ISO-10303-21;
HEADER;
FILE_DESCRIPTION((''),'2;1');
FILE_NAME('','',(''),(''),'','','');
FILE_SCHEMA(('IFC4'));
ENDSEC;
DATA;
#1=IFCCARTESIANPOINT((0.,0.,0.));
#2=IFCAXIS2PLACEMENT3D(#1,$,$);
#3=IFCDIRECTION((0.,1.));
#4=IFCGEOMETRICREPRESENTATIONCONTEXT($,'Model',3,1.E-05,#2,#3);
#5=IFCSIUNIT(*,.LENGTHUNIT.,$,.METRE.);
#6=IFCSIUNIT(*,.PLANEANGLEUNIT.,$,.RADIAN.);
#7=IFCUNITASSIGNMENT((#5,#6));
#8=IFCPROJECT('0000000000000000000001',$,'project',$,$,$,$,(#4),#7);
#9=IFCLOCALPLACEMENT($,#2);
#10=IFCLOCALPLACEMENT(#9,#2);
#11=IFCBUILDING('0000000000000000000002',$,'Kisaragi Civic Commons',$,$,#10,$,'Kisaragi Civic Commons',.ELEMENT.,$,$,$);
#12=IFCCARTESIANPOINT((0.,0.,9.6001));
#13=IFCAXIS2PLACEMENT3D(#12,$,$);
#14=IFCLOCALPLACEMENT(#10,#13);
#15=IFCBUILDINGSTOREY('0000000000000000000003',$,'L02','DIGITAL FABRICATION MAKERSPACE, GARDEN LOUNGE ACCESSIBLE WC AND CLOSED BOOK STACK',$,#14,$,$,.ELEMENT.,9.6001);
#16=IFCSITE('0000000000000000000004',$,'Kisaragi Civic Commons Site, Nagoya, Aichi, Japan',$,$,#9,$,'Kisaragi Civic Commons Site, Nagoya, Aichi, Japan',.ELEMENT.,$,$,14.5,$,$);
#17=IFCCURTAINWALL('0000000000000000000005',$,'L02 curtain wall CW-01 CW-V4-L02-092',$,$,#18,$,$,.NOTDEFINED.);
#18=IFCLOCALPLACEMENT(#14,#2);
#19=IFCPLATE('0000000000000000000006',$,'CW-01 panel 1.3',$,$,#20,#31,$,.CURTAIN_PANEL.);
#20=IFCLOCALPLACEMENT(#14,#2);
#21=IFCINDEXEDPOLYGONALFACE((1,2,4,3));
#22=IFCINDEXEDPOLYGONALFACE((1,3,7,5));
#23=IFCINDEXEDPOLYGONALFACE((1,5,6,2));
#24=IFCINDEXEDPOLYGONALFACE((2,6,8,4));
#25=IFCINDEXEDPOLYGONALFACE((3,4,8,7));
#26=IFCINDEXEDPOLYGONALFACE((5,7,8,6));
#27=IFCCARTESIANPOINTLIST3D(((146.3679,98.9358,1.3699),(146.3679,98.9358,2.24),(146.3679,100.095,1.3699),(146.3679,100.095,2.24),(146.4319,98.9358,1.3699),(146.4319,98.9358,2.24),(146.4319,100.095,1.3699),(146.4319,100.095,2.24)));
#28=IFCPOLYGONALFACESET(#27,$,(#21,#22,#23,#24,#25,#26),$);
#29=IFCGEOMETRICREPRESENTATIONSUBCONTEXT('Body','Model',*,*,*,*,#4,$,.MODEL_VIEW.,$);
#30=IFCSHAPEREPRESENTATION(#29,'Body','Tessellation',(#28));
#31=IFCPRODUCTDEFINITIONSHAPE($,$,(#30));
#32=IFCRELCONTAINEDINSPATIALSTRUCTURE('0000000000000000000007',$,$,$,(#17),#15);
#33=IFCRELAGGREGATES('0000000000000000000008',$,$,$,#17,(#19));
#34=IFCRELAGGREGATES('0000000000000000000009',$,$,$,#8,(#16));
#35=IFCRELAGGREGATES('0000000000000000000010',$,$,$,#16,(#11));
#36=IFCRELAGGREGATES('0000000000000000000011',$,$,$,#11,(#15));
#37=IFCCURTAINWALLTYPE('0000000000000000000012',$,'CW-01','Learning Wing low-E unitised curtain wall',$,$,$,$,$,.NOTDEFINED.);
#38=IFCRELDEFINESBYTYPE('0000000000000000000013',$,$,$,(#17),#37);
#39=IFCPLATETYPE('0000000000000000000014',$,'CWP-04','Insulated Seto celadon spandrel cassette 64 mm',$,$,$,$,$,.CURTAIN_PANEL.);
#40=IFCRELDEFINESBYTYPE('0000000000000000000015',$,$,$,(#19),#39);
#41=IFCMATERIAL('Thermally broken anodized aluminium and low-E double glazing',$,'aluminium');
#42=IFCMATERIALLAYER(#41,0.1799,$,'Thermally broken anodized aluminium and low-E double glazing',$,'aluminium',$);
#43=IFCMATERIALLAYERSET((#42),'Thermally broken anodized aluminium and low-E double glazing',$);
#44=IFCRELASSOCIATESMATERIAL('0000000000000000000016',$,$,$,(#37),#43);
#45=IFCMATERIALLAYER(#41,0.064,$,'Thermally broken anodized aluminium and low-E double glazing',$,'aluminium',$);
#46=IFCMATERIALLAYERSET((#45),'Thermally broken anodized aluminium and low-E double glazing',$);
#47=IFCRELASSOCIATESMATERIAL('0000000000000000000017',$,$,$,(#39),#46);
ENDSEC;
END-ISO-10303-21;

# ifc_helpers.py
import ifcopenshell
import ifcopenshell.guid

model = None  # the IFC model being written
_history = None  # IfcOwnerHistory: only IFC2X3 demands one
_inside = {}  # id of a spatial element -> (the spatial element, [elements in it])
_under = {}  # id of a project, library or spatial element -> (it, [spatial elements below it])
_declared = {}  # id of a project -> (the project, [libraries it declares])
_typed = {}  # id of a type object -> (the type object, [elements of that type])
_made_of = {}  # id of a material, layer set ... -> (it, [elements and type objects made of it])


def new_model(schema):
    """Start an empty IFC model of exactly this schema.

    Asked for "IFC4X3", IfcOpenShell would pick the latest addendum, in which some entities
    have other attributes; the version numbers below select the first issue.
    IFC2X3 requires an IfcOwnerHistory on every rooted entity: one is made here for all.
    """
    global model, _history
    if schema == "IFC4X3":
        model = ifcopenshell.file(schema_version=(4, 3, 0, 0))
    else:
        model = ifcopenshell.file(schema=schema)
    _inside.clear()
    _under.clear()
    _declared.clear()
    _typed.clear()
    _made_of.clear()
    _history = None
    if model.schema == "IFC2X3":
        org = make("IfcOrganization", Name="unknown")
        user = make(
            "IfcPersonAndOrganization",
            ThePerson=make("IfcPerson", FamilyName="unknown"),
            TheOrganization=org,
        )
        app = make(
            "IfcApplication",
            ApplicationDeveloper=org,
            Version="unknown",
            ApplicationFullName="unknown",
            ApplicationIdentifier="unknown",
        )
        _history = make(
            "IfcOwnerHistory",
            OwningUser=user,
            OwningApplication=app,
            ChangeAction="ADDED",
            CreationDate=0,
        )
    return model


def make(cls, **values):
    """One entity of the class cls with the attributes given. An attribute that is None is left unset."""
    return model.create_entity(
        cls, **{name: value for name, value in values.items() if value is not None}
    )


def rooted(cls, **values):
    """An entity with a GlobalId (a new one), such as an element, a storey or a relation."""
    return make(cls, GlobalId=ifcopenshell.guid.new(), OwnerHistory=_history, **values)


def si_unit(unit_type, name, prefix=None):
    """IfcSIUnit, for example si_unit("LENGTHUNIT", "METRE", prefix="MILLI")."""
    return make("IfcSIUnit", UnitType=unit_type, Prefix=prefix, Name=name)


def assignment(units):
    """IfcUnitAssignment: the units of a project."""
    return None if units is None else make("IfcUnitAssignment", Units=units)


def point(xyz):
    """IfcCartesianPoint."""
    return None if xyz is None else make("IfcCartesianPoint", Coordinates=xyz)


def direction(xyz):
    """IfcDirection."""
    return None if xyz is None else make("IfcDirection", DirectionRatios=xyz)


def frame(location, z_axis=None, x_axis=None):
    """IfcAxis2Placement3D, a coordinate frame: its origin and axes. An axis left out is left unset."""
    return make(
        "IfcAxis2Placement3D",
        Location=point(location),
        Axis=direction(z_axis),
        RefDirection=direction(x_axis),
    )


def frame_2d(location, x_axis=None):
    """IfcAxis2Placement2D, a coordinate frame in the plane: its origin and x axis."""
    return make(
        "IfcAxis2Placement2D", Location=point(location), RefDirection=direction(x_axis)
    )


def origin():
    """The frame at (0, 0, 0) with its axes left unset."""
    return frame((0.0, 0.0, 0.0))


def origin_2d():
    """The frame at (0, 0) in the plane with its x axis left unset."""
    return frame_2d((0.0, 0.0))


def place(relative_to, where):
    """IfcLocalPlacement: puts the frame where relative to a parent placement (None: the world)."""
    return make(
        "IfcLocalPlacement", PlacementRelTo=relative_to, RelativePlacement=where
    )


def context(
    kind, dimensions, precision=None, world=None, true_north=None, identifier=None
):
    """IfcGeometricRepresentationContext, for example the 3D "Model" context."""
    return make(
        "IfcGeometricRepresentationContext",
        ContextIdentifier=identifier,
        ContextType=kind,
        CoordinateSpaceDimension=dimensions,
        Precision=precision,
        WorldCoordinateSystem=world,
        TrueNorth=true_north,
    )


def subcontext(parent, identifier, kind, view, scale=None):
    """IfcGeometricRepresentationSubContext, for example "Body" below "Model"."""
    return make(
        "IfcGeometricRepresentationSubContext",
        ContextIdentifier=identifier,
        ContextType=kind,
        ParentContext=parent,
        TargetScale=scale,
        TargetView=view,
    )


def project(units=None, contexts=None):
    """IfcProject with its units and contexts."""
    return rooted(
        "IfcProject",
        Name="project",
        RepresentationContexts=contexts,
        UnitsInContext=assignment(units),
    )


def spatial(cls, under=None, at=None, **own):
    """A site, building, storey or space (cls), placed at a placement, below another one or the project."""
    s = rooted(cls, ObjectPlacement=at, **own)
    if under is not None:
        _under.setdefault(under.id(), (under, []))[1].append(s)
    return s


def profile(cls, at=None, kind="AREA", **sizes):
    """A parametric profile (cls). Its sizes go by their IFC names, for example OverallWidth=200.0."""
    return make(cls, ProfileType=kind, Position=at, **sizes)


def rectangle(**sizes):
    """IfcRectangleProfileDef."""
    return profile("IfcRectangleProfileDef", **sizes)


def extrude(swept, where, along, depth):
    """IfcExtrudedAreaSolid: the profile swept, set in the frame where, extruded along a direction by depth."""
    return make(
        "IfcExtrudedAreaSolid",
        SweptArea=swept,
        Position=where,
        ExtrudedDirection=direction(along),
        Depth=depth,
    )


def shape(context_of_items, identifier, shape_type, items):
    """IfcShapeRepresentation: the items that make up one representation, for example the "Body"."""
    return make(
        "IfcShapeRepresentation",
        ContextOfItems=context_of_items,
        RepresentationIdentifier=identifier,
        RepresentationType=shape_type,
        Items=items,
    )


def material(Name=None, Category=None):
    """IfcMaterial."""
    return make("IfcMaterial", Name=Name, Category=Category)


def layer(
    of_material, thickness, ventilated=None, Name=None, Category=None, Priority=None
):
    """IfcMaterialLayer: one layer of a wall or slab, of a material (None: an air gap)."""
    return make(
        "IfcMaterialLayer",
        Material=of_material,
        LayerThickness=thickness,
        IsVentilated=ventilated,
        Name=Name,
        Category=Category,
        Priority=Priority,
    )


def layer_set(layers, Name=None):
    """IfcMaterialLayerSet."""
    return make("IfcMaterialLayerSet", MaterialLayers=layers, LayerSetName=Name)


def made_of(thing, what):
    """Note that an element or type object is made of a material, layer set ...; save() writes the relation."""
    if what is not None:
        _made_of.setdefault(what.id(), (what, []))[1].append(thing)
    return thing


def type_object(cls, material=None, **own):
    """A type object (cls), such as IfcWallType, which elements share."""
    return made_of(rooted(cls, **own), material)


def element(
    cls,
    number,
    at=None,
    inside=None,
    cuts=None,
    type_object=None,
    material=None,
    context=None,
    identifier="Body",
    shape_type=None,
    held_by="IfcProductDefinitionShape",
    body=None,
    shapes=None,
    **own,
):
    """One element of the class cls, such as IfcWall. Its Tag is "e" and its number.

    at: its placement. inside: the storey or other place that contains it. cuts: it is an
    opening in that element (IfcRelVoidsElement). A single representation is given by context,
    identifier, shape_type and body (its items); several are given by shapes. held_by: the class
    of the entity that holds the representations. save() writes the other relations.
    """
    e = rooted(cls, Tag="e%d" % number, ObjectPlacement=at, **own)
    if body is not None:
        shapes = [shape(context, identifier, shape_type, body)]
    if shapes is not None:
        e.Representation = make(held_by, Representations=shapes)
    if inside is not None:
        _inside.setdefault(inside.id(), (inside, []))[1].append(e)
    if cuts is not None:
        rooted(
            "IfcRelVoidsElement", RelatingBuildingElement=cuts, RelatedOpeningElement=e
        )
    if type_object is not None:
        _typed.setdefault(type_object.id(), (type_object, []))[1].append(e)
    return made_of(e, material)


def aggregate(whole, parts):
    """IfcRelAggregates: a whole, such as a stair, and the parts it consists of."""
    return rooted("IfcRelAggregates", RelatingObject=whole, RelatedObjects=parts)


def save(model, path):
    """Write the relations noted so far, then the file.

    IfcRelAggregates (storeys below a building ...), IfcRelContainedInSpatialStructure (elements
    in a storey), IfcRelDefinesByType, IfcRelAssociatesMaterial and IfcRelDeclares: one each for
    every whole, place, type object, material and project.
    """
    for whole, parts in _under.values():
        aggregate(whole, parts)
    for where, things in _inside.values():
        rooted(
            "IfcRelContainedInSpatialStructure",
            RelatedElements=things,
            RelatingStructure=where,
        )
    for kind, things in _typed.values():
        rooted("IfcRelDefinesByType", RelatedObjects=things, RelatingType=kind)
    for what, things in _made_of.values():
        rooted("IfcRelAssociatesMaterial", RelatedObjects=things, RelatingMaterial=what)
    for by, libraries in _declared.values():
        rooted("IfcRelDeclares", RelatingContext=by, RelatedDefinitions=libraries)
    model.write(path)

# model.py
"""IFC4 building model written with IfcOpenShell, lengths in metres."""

from ifc_helpers import new_model, si_unit, direction, frame, origin, origin_2d, place, context, subcontext, project, spatial, rectangle, extrude, material, layer, layer_set, type_object, element, aggregate, save


model = new_model("IFC4")

# Units and contexts
model_context = context("Model", 3, precision=1e-05, world=origin(), true_north=direction((0.0, 1.0)))
body_context = subcontext(model_context, "Body", "Model", "MODEL_VIEW")
ifc_project = project(units=[si_unit("LENGTHUNIT", "METRE"), si_unit("PLANEANGLEUNIT", "RADIAN")], contexts=[model_context])

# Site, building, storey
site_placement = place(None, origin())
site = spatial("IfcSite", under=ifc_project, at=site_placement, Name="Kisaragi Civic Commons Site, Nagoya, Aichi, Japan", LongName="Kisaragi Civic Commons Site, Nagoya, Aichi, Japan", CompositionType="ELEMENT", RefElevation=14.5)
building_placement = place(site_placement, origin())
building = spatial("IfcBuilding", under=site, at=building_placement, Name="Kisaragi Civic Commons", LongName="Kisaragi Civic Commons", CompositionType="ELEMENT")
storey_placement = place(building_placement, frame((0.0, 0.0, 9.6001)))
storey = spatial("IfcBuildingStorey", under=building, at=storey_placement, Name="L02", Description="DIGITAL FABRICATION MAKERSPACE, GARDEN LOUNGE ACCESSIBLE WC AND CLOSED BOOK STACK", CompositionType="ELEMENT", Elevation=9.6001)

# Shared definitions
ifc_material_1 = material(Name="Thermally broken anodized aluminium and low-E double glazing", Category="aluminium")
ifc_layer_1 = layer(ifc_material_1, 0.1799, Name="Thermally broken anodized aluminium and low-E double glazing", Category="aluminium")
ifc_layer_set_1 = layer_set([ifc_layer_1], Name="Thermally broken anodized aluminium and low-E double glazing")
curtain_wall_type = type_object("IfcCurtainWallType", Name="CW-01", Description="Learning Wing low-E unitised curtain wall", PredefinedType="NOTDEFINED", material=ifc_layer_set_1)

# Curtain wall
curtain_wall_1_placement = place(storey_placement, origin())
curtain_wall_1 = element("IfcCurtainWall", 1, at=curtain_wall_1_placement, inside=storey, type_object=curtain_wall_type, Name="L02 curtain wall CW-01 CW-V4-L02-092", PredefinedType="NOTDEFINED")

# Plate
ifc_layer_2 = layer(ifc_material_1, 0.064, Name="Thermally broken anodized aluminium and low-E double glazing", Category="aluminium")
ifc_layer_set_2 = layer_set([ifc_layer_2], Name="Thermally broken anodized aluminium and low-E double glazing")
plate_type_1 = type_object("IfcPlateType", Name="CWP-04", Description="Insulated Seto celadon spandrel cassette 64 mm", PredefinedType="CURTAIN_PANEL", material=ifc_layer_set_2)
plate_1_placement = place(storey_placement, frame((146.3999, 99.5154, 1.3699), z_axis=(0.0, 0.0, 1.0), x_axis=(0.0, -1.0, 0.0)))
plate_1 = element("IfcPlate", 2, at=plate_1_placement, type_object=plate_type_1, Name="CW-01 panel 1.3", PredefinedType="CURTAIN_PANEL", context=body_context, shape_type="SweptSolid", body=[
    extrude(rectangle(XDim=1.1592, YDim=0.064, at=origin_2d()), origin(), (0.0, 0.0, 1.0), 0.8701),
])
aggregate(curtain_wall_1, [plate_1])

save(model, "model.ifc")
